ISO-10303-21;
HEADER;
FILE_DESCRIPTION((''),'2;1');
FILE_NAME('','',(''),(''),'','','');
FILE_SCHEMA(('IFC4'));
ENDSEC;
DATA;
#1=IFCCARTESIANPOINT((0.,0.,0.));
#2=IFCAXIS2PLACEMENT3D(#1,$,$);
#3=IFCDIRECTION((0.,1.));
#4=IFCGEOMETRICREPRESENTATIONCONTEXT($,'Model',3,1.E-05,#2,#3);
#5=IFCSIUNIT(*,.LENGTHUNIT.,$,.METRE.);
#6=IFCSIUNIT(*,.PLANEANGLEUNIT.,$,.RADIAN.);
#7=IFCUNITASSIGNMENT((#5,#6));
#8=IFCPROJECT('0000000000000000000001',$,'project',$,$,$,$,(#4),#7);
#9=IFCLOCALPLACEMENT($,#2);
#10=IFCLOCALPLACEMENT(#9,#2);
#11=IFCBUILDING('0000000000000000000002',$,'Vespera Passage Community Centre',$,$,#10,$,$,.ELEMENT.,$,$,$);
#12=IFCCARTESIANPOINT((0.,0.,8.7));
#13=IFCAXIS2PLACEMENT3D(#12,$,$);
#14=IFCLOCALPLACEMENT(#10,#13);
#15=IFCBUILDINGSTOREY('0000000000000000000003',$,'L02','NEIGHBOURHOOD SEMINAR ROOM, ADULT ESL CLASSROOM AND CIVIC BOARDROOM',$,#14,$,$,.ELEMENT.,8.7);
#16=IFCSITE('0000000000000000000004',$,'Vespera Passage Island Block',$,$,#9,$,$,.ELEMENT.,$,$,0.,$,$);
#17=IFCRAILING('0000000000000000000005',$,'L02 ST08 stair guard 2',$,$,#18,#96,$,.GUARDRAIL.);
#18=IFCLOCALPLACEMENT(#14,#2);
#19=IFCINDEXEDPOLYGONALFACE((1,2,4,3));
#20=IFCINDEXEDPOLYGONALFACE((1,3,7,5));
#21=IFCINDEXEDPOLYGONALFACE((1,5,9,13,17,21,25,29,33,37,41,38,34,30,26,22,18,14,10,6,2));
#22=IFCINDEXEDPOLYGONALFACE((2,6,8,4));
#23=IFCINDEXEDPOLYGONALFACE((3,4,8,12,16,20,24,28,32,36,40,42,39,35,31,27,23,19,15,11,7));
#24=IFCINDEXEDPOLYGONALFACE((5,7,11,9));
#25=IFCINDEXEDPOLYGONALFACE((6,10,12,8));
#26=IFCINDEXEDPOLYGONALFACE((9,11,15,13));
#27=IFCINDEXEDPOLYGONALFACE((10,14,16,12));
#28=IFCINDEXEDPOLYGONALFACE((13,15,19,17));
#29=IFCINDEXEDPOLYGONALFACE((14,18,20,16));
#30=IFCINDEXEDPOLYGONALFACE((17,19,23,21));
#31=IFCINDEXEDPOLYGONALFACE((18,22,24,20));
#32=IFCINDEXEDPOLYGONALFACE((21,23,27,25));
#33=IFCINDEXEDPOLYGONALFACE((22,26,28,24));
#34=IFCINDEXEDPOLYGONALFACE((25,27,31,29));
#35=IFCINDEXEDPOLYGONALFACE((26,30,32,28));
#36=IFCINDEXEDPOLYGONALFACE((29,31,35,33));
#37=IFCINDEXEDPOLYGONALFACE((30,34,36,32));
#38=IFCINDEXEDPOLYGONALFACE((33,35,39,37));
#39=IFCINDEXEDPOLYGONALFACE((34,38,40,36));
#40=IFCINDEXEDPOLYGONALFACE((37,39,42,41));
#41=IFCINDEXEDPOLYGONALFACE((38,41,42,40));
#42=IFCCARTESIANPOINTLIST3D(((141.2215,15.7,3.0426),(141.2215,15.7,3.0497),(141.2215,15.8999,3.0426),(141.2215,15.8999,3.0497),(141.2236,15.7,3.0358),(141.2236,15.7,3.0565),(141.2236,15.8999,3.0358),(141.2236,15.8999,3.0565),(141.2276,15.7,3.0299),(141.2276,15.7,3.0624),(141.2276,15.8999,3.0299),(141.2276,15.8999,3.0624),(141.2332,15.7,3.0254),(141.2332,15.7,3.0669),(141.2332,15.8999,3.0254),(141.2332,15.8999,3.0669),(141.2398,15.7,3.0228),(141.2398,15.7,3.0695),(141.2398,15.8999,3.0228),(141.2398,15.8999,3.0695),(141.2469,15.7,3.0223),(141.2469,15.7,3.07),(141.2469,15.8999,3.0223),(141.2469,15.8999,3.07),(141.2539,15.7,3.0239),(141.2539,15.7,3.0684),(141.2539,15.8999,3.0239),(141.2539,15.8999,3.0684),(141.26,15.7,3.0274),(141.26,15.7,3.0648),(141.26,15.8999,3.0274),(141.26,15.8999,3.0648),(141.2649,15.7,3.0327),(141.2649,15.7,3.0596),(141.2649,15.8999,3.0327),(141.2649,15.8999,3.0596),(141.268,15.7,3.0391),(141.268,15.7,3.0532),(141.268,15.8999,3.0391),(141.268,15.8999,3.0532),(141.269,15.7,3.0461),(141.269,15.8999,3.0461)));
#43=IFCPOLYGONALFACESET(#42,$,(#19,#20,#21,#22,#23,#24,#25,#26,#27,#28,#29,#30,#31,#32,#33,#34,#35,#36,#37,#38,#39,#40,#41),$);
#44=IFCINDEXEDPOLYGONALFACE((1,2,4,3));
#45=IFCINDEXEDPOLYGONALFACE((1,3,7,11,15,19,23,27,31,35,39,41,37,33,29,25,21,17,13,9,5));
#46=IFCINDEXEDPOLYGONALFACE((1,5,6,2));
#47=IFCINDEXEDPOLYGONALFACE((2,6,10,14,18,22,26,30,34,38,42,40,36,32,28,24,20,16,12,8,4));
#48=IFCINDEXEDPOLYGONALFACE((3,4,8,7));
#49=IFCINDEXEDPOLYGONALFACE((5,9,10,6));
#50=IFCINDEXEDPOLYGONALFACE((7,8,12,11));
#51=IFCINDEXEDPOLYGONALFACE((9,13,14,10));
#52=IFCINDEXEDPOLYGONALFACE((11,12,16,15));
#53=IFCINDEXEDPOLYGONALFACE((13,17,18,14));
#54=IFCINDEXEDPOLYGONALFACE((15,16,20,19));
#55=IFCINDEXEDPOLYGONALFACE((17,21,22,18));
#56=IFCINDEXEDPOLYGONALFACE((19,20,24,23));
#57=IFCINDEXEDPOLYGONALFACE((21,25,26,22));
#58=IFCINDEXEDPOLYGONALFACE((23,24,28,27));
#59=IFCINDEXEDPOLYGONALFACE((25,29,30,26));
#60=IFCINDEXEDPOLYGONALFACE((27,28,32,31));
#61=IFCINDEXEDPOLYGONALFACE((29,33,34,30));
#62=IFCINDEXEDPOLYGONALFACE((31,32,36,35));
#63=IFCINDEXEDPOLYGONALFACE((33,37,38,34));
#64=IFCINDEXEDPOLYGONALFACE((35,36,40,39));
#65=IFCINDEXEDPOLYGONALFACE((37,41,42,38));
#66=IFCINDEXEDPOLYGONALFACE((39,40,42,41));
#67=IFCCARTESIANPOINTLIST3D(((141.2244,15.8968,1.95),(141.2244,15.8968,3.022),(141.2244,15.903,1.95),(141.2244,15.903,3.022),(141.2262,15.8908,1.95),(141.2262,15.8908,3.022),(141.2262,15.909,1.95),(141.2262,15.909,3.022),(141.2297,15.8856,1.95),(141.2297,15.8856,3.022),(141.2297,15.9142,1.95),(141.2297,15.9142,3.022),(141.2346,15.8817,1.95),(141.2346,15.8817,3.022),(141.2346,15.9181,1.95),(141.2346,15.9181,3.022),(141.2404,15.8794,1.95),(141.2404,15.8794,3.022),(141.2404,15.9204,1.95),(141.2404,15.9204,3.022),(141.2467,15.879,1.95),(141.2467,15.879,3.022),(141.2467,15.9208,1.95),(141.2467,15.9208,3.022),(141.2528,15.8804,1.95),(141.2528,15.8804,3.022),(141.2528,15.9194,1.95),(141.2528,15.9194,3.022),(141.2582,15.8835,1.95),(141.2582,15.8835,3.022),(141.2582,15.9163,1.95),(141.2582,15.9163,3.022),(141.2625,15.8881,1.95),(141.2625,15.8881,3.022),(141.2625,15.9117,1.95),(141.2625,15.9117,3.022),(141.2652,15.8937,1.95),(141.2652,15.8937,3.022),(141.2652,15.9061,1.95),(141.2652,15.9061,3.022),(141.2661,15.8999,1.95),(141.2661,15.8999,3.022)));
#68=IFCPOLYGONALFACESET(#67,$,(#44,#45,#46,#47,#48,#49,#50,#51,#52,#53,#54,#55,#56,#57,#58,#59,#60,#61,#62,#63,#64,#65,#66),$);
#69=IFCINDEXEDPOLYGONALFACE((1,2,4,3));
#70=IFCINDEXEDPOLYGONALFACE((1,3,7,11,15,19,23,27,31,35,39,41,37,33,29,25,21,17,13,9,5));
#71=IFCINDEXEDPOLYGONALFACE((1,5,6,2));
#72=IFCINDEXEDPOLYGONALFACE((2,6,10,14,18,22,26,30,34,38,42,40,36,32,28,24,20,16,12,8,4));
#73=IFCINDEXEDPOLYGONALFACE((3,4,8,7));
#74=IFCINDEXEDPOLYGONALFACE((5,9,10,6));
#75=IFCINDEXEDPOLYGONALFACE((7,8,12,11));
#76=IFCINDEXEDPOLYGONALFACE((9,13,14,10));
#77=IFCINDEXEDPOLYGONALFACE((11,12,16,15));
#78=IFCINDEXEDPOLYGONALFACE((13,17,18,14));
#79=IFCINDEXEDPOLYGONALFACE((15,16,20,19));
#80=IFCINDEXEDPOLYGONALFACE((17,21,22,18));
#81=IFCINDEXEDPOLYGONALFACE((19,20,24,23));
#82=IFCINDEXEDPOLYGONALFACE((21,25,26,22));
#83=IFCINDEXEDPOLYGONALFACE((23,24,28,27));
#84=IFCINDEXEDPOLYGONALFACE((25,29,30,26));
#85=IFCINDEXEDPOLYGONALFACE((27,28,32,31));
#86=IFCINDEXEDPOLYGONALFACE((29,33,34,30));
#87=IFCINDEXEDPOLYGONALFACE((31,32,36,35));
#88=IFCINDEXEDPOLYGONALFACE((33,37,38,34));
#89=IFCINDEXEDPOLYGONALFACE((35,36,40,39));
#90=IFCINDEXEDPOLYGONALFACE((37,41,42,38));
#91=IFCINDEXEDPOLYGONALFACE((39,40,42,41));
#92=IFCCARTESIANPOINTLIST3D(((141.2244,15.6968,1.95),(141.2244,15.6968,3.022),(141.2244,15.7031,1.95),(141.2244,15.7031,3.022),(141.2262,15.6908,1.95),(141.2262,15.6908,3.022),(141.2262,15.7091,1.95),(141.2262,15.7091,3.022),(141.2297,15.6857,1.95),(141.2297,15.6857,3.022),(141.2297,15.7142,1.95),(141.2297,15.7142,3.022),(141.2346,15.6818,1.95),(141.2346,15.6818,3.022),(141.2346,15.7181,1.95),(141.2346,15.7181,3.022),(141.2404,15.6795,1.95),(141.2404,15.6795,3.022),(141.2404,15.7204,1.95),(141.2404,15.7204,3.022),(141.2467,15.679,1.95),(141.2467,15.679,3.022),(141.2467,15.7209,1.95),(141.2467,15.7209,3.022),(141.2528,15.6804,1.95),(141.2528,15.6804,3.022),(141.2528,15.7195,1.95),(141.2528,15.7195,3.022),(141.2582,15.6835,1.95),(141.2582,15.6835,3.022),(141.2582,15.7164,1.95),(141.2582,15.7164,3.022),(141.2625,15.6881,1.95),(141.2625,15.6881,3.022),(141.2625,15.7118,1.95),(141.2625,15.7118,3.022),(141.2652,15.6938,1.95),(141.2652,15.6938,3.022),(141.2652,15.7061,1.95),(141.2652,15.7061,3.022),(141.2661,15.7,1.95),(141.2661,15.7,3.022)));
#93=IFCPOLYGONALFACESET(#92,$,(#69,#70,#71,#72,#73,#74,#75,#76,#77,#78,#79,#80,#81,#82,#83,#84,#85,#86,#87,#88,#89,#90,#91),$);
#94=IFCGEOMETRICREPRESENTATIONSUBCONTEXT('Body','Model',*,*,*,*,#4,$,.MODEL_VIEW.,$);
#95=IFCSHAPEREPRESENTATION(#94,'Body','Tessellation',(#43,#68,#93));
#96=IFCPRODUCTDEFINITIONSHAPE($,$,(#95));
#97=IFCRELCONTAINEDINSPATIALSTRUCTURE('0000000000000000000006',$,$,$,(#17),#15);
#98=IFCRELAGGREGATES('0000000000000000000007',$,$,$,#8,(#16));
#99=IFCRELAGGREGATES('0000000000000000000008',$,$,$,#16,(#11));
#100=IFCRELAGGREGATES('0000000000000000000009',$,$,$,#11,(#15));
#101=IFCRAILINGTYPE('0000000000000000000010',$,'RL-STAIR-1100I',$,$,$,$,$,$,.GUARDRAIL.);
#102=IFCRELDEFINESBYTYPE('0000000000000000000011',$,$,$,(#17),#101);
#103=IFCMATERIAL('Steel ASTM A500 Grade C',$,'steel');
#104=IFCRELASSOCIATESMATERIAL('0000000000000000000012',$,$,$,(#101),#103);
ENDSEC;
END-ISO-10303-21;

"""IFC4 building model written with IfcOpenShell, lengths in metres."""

from ifc_helpers import new_model, si_unit, direction, frame, origin, origin_2d, place, context, subcontext, project, spatial, circle, extrude, material, type_object, element, save


model = new_model("IFC4")

# Units and contexts
model_context = context("Model", 3, precision=1e-05, world=origin(), true_north=direction((0.0, 1.0)))
body_context = subcontext(model_context, "Body", "Model", "MODEL_VIEW")
ifc_project = project(units=[si_unit("LENGTHUNIT", "METRE"), si_unit("PLANEANGLEUNIT", "RADIAN")], contexts=[model_context])

# Site, building, storey
site_placement = place(None, origin())
site = spatial("IfcSite", under=ifc_project, at=site_placement, Name="Vespera Passage Island Block", CompositionType="ELEMENT", RefElevation=0.0)
building_placement = place(site_placement, origin())
building = spatial("IfcBuilding", under=site, at=building_placement, Name="Vespera Passage Community Centre", CompositionType="ELEMENT")
storey_placement = place(building_placement, frame((0.0, 0.0, 8.7)))
storey = spatial("IfcBuildingStorey", under=building, at=storey_placement, Name="L02", Description="NEIGHBOURHOOD SEMINAR ROOM, ADULT ESL CLASSROOM AND CIVIC BOARDROOM", CompositionType="ELEMENT", Elevation=8.7)

# Railing
ifc_material_1 = material(Name="Steel ASTM A500 Grade C", Category="steel")
railing_type_1 = type_object("IfcRailingType", Name="RL-STAIR-1100I", PredefinedType="GUARDRAIL", material=ifc_material_1)
railing_1_placement = place(storey_placement, frame((141.2451, 15.8999, 1.95)))
element("IfcRailing", 1, at=railing_1_placement, inside=storey, type_object=railing_type_1, Name="L02 ST08 stair guard 2", PredefinedType="GUARDRAIL", context=body_context, shape_type="SweptSolid", body=[
    extrude(circle(Radius=0.0239, at=origin_2d()), frame((0.0, 0.0, 1.0962), z_axis=(0.0, -1.0, 0.0), x_axis=(1.0, 0.0, 0.0)), (0.0, 0.0, 1.0), 0.2),
    extrude(circle(Radius=0.021, at=origin_2d()), origin(), (0.0, 0.0, 1.0), 1.072),
    extrude(circle(Radius=0.021, at=origin_2d()), frame((0.0, -0.2, 0.0)), (0.0, 0.0, 1.0), 1.072),
])

save(model, "model.ifc")
